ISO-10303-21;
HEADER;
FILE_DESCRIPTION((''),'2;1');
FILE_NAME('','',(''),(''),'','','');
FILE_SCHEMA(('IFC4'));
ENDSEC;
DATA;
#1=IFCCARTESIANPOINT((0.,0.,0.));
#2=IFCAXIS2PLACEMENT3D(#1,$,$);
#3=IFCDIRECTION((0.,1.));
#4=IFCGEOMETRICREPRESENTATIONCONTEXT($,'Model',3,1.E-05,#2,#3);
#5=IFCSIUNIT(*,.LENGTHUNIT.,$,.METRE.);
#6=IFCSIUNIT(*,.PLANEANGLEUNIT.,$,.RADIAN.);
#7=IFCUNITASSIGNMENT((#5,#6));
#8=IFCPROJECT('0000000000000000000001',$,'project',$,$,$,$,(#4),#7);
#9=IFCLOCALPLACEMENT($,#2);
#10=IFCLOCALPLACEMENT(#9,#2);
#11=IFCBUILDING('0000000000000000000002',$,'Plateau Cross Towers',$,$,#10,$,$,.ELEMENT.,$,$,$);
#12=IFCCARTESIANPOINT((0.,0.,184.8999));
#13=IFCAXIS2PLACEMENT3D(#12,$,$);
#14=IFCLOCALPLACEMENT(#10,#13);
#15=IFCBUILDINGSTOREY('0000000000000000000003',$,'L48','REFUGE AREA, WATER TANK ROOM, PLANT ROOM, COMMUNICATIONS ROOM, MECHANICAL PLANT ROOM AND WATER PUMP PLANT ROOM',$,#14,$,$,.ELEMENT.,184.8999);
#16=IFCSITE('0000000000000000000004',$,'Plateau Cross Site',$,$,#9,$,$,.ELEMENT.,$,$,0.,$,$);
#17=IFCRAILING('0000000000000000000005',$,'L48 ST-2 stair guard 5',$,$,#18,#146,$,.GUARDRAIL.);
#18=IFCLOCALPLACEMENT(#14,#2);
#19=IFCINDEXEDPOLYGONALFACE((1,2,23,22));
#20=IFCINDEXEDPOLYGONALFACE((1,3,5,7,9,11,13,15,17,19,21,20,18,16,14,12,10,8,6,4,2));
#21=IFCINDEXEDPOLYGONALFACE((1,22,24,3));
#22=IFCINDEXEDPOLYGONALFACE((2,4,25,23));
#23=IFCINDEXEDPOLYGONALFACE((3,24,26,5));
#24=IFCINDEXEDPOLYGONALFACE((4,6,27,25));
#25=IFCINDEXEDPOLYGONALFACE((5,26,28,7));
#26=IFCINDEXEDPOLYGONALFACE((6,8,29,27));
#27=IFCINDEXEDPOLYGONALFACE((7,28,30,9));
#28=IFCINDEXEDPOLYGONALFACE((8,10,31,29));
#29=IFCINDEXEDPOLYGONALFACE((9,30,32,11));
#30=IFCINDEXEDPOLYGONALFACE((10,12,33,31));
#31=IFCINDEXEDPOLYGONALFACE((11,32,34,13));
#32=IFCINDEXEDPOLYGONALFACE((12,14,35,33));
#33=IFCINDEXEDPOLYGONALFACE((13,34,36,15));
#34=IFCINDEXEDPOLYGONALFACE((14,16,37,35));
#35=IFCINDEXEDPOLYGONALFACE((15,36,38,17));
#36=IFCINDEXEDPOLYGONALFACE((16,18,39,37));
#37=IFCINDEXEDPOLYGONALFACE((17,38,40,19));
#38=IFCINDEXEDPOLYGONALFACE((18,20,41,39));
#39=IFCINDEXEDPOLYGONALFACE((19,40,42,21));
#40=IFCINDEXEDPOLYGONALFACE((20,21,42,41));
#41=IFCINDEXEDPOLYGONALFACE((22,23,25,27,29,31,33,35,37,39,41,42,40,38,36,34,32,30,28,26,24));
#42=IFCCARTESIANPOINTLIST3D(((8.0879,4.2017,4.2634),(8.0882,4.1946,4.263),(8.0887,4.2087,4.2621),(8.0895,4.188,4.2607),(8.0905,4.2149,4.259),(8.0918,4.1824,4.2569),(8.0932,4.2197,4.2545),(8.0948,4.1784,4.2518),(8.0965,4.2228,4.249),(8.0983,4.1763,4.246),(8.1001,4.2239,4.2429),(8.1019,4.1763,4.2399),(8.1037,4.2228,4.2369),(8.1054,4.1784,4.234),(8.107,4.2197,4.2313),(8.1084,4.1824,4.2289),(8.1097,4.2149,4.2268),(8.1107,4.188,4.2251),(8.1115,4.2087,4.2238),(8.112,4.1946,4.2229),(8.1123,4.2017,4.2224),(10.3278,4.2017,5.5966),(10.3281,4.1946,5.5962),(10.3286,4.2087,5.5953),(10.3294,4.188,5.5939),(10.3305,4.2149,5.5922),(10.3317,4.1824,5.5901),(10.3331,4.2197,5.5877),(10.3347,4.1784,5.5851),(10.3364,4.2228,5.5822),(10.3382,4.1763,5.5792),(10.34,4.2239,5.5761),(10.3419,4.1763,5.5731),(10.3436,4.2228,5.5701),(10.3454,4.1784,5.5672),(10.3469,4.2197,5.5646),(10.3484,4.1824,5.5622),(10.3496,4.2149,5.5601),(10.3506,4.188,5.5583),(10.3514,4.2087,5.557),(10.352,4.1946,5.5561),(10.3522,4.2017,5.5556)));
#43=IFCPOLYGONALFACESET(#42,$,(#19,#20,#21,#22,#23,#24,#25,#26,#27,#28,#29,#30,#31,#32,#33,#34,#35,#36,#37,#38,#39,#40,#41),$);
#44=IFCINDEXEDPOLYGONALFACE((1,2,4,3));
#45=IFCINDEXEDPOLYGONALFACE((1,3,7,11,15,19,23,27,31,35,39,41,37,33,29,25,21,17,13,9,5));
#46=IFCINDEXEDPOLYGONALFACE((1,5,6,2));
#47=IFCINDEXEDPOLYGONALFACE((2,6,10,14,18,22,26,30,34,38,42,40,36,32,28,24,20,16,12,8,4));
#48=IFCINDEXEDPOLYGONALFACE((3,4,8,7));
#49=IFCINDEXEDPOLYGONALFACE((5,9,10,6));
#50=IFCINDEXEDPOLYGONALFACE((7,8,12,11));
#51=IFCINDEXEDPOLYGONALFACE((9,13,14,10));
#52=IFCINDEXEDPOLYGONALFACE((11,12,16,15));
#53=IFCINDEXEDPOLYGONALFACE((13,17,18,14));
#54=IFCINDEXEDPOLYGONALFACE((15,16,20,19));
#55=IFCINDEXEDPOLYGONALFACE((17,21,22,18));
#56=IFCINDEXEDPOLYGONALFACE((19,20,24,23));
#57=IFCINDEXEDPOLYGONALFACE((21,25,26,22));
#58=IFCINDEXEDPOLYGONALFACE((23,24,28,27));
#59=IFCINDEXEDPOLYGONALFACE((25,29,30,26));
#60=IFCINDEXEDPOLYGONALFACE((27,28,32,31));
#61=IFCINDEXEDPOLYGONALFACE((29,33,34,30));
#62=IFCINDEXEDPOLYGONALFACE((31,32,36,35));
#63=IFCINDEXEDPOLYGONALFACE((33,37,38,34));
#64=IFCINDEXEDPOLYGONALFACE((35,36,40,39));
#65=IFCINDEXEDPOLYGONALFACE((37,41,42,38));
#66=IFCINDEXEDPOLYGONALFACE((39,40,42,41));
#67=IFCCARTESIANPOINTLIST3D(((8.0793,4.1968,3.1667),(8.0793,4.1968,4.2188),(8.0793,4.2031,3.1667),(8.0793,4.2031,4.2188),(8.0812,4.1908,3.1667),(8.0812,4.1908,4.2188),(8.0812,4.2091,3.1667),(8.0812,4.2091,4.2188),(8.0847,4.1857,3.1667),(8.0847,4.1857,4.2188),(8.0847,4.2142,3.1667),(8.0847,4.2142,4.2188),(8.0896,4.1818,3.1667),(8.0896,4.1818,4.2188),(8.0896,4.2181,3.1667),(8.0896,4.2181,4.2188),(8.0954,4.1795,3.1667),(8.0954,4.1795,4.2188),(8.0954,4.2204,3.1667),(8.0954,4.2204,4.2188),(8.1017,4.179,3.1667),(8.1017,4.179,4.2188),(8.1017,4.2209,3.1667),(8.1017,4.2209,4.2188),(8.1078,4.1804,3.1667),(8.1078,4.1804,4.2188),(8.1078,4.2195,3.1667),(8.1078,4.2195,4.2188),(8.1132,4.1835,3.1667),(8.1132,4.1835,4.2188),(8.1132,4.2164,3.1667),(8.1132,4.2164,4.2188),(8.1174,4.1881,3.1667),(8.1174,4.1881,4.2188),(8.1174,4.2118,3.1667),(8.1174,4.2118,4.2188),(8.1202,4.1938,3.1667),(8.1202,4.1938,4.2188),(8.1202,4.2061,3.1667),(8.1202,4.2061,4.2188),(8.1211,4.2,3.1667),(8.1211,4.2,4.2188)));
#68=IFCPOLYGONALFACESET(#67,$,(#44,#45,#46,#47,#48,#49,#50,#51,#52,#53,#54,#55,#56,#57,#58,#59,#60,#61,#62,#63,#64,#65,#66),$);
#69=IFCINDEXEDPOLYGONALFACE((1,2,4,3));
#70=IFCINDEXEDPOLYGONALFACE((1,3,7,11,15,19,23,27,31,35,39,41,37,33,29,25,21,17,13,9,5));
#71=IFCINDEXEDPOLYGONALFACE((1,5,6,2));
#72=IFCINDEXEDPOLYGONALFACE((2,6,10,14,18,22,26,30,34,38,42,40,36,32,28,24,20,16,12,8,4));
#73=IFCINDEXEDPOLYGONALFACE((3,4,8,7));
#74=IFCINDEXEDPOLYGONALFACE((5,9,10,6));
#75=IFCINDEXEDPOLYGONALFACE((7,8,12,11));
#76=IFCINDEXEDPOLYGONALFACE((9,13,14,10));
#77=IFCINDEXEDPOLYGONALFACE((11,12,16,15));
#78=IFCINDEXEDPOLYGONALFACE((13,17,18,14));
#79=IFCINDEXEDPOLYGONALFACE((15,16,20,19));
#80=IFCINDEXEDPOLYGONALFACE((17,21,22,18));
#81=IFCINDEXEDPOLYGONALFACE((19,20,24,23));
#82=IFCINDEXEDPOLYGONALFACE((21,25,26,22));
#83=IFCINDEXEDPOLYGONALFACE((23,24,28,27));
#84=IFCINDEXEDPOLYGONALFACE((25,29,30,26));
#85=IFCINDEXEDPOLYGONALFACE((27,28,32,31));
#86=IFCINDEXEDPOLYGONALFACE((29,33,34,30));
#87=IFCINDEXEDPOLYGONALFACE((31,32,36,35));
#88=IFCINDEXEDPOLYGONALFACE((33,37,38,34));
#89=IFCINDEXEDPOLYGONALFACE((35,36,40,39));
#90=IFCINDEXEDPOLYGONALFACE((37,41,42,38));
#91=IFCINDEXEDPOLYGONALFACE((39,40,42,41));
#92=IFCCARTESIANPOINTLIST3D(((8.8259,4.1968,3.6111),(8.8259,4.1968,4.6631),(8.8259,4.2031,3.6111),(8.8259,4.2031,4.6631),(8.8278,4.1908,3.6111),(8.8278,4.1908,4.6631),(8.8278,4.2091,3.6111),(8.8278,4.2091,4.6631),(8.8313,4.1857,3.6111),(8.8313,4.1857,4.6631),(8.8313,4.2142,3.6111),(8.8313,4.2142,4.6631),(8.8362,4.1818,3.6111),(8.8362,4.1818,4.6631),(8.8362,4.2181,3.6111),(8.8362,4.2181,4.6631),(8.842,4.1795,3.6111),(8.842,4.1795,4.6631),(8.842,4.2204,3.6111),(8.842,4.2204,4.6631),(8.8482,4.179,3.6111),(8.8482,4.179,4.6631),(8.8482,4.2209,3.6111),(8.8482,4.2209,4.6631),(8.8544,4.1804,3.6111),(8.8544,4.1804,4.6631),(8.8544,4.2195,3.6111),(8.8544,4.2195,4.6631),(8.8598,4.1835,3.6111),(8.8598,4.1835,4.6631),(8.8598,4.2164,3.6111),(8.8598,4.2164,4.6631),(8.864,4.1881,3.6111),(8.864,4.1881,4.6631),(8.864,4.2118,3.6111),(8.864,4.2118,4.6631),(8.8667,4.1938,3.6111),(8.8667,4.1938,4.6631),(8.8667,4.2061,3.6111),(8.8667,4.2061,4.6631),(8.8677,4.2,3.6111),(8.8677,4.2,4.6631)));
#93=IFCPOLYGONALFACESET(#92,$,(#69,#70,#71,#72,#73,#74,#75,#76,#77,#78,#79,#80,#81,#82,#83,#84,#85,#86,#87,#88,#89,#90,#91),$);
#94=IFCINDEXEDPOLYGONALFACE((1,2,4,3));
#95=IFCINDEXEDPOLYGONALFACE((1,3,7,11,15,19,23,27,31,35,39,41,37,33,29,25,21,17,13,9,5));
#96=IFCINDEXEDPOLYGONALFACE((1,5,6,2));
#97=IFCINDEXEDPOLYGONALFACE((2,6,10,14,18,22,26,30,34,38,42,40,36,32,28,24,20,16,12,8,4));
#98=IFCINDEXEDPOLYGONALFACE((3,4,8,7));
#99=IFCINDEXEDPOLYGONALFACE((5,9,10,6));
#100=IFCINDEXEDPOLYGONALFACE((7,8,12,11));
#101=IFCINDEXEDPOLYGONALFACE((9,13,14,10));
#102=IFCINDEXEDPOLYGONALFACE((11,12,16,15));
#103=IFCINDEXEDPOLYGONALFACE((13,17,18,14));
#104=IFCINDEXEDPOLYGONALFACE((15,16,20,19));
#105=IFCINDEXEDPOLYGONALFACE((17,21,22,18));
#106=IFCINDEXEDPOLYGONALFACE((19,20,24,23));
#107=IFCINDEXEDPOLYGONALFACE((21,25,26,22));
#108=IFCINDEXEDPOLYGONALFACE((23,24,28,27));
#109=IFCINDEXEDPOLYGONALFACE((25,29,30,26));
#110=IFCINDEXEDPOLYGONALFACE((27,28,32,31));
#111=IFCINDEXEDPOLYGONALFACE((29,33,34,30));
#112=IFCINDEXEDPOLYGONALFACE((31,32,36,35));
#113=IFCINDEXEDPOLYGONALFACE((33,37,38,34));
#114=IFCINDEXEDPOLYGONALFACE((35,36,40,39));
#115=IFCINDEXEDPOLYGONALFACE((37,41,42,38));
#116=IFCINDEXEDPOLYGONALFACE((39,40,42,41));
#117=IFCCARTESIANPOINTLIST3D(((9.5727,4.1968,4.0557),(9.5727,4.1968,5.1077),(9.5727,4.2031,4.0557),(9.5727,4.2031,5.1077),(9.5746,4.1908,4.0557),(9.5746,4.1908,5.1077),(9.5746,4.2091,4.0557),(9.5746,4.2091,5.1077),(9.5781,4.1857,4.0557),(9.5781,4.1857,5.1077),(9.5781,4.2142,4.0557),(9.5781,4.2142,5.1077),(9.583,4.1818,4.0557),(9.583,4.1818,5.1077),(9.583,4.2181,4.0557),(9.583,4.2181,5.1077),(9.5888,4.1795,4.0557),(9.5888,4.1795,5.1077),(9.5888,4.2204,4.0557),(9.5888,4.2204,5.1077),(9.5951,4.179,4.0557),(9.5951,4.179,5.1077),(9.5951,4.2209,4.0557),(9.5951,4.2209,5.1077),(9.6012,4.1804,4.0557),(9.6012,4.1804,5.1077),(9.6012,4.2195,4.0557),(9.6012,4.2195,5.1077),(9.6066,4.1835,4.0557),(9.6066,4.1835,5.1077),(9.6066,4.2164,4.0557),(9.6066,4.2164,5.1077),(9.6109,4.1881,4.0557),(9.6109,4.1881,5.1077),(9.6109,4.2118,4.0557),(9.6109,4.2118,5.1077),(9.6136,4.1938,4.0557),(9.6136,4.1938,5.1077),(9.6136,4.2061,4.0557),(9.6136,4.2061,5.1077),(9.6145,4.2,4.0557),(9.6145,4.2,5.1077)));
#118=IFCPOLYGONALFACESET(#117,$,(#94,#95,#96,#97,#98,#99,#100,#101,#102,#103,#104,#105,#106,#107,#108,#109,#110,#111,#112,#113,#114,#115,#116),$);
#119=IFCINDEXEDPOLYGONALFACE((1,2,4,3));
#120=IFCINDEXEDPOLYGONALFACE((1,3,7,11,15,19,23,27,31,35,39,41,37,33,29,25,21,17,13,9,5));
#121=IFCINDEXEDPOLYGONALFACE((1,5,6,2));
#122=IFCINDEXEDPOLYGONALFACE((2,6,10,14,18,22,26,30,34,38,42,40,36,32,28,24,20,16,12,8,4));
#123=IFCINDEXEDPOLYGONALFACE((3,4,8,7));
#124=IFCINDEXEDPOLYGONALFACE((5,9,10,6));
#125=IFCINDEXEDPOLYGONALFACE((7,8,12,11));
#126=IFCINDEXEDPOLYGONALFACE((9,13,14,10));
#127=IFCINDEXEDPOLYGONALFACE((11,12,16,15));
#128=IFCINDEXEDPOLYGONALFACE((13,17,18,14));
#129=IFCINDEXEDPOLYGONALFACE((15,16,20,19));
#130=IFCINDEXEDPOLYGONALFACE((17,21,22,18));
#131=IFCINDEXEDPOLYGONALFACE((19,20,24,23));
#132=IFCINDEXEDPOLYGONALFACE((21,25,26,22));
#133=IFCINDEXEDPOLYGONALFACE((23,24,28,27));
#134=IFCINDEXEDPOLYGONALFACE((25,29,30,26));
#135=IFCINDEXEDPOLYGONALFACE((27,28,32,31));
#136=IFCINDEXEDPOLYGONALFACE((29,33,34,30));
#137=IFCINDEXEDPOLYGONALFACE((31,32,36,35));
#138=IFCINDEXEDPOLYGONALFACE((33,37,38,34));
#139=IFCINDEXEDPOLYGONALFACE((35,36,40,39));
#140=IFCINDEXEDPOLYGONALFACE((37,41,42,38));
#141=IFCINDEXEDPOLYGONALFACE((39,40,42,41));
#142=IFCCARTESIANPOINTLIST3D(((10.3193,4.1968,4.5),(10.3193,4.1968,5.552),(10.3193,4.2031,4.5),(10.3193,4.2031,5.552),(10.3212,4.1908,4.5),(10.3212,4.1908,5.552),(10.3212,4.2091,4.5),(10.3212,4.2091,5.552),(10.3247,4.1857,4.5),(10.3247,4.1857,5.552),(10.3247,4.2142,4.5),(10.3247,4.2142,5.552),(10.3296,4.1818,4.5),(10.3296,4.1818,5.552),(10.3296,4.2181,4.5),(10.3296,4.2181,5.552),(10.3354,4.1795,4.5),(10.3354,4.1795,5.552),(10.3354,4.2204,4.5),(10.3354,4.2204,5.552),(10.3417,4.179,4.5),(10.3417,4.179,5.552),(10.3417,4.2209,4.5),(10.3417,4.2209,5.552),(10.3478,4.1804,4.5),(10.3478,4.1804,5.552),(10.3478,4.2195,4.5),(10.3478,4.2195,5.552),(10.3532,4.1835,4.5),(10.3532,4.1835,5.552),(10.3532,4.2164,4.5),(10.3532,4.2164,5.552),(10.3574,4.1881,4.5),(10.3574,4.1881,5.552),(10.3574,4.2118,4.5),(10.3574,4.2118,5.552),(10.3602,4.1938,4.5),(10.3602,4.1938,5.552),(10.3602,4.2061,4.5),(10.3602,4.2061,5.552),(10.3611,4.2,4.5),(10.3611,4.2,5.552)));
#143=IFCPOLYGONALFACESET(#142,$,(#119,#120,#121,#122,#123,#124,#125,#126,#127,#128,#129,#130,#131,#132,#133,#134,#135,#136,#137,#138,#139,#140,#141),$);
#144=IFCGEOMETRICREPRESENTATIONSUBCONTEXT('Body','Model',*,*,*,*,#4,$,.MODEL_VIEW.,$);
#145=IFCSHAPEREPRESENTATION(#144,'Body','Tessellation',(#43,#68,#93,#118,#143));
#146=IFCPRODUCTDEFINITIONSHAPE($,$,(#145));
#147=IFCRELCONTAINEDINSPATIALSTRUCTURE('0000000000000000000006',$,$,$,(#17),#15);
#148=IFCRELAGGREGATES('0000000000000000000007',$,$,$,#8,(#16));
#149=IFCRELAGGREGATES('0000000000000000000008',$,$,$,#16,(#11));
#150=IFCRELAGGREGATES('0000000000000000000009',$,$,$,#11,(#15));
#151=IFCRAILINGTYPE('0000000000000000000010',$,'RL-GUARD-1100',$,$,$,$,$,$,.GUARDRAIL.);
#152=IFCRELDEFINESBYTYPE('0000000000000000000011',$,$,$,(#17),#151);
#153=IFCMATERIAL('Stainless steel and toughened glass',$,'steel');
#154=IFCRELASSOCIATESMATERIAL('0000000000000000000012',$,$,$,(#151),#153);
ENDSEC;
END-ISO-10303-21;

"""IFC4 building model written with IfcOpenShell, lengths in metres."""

from ifc_helpers import new_model, si_unit, direction, frame, origin, origin_2d, place, context, subcontext, project, spatial, circle, extrude, material, type_object, element, save


model = new_model("IFC4")

# Units and contexts
model_context = context("Model", 3, precision=1e-05, world=origin(), true_north=direction((0.0, 1.0)))
body_context = subcontext(model_context, "Body", "Model", "MODEL_VIEW")
ifc_project = project(units=[si_unit("LENGTHUNIT", "METRE"), si_unit("PLANEANGLEUNIT", "RADIAN")], contexts=[model_context])

# Site, building, storey
site_placement = place(None, origin())
site = spatial("IfcSite", under=ifc_project, at=site_placement, Name="Plateau Cross Site", CompositionType="ELEMENT", RefElevation=0.0)
building_placement = place(site_placement, origin())
building = spatial("IfcBuilding", under=site, at=building_placement, Name="Plateau Cross Towers", CompositionType="ELEMENT")
storey_placement = place(building_placement, frame((0.0, 0.0, 184.8999)))
storey = spatial("IfcBuildingStorey", under=building, at=storey_placement, Name="L48", Description="REFUGE AREA, WATER TANK ROOM, PLANT ROOM, COMMUNICATIONS ROOM, MECHANICAL PLANT ROOM AND WATER PUMP PLANT ROOM", CompositionType="ELEMENT", Elevation=184.8999)

# Railing
ifc_material_1 = material(Name="Stainless steel and toughened glass", Category="steel")
railing_type_1 = type_object("IfcRailingType", Name="RL-GUARD-1100", PredefinedType="GUARDRAIL", material=ifc_material_1)
railing_1_placement = place(storey_placement, frame((8.1001, 4.2, 3.1667)))
element("IfcRailing", 1, at=railing_1_placement, inside=storey, type_object=railing_type_1, Name="L48 ST-2 stair guard 5", PredefinedType="GUARDRAIL", context=body_context, shape_type="SweptSolid", body=[
    extrude(circle(Radius=0.0239, at=origin_2d()), frame((0.0, 0.0, 1.0762), z_axis=(0.859306, 0.0, 0.511462), x_axis=(0.0, 1.0, 0.0)), (0.0, 0.0, 1.0), 2.6067),
    extrude(circle(Radius=0.021, at=origin_2d()), origin(), (0.0, 0.0, 1.0), 1.052),
    extrude(circle(Radius=0.021, at=origin_2d()), frame((0.7466, 0.0, 0.4443)), (0.0, 0.0, 1.0), 1.052),
    extrude(circle(Radius=0.021, at=origin_2d()), frame((1.4934, 0.0, 0.8889)), (0.0, 0.0, 1.0), 1.052),
    extrude(circle(Radius=0.021, at=origin_2d()), frame((2.24, 0.0, 1.3333)), (0.0, 0.0, 1.0), 1.052),
])

save(model, "model.ifc")
